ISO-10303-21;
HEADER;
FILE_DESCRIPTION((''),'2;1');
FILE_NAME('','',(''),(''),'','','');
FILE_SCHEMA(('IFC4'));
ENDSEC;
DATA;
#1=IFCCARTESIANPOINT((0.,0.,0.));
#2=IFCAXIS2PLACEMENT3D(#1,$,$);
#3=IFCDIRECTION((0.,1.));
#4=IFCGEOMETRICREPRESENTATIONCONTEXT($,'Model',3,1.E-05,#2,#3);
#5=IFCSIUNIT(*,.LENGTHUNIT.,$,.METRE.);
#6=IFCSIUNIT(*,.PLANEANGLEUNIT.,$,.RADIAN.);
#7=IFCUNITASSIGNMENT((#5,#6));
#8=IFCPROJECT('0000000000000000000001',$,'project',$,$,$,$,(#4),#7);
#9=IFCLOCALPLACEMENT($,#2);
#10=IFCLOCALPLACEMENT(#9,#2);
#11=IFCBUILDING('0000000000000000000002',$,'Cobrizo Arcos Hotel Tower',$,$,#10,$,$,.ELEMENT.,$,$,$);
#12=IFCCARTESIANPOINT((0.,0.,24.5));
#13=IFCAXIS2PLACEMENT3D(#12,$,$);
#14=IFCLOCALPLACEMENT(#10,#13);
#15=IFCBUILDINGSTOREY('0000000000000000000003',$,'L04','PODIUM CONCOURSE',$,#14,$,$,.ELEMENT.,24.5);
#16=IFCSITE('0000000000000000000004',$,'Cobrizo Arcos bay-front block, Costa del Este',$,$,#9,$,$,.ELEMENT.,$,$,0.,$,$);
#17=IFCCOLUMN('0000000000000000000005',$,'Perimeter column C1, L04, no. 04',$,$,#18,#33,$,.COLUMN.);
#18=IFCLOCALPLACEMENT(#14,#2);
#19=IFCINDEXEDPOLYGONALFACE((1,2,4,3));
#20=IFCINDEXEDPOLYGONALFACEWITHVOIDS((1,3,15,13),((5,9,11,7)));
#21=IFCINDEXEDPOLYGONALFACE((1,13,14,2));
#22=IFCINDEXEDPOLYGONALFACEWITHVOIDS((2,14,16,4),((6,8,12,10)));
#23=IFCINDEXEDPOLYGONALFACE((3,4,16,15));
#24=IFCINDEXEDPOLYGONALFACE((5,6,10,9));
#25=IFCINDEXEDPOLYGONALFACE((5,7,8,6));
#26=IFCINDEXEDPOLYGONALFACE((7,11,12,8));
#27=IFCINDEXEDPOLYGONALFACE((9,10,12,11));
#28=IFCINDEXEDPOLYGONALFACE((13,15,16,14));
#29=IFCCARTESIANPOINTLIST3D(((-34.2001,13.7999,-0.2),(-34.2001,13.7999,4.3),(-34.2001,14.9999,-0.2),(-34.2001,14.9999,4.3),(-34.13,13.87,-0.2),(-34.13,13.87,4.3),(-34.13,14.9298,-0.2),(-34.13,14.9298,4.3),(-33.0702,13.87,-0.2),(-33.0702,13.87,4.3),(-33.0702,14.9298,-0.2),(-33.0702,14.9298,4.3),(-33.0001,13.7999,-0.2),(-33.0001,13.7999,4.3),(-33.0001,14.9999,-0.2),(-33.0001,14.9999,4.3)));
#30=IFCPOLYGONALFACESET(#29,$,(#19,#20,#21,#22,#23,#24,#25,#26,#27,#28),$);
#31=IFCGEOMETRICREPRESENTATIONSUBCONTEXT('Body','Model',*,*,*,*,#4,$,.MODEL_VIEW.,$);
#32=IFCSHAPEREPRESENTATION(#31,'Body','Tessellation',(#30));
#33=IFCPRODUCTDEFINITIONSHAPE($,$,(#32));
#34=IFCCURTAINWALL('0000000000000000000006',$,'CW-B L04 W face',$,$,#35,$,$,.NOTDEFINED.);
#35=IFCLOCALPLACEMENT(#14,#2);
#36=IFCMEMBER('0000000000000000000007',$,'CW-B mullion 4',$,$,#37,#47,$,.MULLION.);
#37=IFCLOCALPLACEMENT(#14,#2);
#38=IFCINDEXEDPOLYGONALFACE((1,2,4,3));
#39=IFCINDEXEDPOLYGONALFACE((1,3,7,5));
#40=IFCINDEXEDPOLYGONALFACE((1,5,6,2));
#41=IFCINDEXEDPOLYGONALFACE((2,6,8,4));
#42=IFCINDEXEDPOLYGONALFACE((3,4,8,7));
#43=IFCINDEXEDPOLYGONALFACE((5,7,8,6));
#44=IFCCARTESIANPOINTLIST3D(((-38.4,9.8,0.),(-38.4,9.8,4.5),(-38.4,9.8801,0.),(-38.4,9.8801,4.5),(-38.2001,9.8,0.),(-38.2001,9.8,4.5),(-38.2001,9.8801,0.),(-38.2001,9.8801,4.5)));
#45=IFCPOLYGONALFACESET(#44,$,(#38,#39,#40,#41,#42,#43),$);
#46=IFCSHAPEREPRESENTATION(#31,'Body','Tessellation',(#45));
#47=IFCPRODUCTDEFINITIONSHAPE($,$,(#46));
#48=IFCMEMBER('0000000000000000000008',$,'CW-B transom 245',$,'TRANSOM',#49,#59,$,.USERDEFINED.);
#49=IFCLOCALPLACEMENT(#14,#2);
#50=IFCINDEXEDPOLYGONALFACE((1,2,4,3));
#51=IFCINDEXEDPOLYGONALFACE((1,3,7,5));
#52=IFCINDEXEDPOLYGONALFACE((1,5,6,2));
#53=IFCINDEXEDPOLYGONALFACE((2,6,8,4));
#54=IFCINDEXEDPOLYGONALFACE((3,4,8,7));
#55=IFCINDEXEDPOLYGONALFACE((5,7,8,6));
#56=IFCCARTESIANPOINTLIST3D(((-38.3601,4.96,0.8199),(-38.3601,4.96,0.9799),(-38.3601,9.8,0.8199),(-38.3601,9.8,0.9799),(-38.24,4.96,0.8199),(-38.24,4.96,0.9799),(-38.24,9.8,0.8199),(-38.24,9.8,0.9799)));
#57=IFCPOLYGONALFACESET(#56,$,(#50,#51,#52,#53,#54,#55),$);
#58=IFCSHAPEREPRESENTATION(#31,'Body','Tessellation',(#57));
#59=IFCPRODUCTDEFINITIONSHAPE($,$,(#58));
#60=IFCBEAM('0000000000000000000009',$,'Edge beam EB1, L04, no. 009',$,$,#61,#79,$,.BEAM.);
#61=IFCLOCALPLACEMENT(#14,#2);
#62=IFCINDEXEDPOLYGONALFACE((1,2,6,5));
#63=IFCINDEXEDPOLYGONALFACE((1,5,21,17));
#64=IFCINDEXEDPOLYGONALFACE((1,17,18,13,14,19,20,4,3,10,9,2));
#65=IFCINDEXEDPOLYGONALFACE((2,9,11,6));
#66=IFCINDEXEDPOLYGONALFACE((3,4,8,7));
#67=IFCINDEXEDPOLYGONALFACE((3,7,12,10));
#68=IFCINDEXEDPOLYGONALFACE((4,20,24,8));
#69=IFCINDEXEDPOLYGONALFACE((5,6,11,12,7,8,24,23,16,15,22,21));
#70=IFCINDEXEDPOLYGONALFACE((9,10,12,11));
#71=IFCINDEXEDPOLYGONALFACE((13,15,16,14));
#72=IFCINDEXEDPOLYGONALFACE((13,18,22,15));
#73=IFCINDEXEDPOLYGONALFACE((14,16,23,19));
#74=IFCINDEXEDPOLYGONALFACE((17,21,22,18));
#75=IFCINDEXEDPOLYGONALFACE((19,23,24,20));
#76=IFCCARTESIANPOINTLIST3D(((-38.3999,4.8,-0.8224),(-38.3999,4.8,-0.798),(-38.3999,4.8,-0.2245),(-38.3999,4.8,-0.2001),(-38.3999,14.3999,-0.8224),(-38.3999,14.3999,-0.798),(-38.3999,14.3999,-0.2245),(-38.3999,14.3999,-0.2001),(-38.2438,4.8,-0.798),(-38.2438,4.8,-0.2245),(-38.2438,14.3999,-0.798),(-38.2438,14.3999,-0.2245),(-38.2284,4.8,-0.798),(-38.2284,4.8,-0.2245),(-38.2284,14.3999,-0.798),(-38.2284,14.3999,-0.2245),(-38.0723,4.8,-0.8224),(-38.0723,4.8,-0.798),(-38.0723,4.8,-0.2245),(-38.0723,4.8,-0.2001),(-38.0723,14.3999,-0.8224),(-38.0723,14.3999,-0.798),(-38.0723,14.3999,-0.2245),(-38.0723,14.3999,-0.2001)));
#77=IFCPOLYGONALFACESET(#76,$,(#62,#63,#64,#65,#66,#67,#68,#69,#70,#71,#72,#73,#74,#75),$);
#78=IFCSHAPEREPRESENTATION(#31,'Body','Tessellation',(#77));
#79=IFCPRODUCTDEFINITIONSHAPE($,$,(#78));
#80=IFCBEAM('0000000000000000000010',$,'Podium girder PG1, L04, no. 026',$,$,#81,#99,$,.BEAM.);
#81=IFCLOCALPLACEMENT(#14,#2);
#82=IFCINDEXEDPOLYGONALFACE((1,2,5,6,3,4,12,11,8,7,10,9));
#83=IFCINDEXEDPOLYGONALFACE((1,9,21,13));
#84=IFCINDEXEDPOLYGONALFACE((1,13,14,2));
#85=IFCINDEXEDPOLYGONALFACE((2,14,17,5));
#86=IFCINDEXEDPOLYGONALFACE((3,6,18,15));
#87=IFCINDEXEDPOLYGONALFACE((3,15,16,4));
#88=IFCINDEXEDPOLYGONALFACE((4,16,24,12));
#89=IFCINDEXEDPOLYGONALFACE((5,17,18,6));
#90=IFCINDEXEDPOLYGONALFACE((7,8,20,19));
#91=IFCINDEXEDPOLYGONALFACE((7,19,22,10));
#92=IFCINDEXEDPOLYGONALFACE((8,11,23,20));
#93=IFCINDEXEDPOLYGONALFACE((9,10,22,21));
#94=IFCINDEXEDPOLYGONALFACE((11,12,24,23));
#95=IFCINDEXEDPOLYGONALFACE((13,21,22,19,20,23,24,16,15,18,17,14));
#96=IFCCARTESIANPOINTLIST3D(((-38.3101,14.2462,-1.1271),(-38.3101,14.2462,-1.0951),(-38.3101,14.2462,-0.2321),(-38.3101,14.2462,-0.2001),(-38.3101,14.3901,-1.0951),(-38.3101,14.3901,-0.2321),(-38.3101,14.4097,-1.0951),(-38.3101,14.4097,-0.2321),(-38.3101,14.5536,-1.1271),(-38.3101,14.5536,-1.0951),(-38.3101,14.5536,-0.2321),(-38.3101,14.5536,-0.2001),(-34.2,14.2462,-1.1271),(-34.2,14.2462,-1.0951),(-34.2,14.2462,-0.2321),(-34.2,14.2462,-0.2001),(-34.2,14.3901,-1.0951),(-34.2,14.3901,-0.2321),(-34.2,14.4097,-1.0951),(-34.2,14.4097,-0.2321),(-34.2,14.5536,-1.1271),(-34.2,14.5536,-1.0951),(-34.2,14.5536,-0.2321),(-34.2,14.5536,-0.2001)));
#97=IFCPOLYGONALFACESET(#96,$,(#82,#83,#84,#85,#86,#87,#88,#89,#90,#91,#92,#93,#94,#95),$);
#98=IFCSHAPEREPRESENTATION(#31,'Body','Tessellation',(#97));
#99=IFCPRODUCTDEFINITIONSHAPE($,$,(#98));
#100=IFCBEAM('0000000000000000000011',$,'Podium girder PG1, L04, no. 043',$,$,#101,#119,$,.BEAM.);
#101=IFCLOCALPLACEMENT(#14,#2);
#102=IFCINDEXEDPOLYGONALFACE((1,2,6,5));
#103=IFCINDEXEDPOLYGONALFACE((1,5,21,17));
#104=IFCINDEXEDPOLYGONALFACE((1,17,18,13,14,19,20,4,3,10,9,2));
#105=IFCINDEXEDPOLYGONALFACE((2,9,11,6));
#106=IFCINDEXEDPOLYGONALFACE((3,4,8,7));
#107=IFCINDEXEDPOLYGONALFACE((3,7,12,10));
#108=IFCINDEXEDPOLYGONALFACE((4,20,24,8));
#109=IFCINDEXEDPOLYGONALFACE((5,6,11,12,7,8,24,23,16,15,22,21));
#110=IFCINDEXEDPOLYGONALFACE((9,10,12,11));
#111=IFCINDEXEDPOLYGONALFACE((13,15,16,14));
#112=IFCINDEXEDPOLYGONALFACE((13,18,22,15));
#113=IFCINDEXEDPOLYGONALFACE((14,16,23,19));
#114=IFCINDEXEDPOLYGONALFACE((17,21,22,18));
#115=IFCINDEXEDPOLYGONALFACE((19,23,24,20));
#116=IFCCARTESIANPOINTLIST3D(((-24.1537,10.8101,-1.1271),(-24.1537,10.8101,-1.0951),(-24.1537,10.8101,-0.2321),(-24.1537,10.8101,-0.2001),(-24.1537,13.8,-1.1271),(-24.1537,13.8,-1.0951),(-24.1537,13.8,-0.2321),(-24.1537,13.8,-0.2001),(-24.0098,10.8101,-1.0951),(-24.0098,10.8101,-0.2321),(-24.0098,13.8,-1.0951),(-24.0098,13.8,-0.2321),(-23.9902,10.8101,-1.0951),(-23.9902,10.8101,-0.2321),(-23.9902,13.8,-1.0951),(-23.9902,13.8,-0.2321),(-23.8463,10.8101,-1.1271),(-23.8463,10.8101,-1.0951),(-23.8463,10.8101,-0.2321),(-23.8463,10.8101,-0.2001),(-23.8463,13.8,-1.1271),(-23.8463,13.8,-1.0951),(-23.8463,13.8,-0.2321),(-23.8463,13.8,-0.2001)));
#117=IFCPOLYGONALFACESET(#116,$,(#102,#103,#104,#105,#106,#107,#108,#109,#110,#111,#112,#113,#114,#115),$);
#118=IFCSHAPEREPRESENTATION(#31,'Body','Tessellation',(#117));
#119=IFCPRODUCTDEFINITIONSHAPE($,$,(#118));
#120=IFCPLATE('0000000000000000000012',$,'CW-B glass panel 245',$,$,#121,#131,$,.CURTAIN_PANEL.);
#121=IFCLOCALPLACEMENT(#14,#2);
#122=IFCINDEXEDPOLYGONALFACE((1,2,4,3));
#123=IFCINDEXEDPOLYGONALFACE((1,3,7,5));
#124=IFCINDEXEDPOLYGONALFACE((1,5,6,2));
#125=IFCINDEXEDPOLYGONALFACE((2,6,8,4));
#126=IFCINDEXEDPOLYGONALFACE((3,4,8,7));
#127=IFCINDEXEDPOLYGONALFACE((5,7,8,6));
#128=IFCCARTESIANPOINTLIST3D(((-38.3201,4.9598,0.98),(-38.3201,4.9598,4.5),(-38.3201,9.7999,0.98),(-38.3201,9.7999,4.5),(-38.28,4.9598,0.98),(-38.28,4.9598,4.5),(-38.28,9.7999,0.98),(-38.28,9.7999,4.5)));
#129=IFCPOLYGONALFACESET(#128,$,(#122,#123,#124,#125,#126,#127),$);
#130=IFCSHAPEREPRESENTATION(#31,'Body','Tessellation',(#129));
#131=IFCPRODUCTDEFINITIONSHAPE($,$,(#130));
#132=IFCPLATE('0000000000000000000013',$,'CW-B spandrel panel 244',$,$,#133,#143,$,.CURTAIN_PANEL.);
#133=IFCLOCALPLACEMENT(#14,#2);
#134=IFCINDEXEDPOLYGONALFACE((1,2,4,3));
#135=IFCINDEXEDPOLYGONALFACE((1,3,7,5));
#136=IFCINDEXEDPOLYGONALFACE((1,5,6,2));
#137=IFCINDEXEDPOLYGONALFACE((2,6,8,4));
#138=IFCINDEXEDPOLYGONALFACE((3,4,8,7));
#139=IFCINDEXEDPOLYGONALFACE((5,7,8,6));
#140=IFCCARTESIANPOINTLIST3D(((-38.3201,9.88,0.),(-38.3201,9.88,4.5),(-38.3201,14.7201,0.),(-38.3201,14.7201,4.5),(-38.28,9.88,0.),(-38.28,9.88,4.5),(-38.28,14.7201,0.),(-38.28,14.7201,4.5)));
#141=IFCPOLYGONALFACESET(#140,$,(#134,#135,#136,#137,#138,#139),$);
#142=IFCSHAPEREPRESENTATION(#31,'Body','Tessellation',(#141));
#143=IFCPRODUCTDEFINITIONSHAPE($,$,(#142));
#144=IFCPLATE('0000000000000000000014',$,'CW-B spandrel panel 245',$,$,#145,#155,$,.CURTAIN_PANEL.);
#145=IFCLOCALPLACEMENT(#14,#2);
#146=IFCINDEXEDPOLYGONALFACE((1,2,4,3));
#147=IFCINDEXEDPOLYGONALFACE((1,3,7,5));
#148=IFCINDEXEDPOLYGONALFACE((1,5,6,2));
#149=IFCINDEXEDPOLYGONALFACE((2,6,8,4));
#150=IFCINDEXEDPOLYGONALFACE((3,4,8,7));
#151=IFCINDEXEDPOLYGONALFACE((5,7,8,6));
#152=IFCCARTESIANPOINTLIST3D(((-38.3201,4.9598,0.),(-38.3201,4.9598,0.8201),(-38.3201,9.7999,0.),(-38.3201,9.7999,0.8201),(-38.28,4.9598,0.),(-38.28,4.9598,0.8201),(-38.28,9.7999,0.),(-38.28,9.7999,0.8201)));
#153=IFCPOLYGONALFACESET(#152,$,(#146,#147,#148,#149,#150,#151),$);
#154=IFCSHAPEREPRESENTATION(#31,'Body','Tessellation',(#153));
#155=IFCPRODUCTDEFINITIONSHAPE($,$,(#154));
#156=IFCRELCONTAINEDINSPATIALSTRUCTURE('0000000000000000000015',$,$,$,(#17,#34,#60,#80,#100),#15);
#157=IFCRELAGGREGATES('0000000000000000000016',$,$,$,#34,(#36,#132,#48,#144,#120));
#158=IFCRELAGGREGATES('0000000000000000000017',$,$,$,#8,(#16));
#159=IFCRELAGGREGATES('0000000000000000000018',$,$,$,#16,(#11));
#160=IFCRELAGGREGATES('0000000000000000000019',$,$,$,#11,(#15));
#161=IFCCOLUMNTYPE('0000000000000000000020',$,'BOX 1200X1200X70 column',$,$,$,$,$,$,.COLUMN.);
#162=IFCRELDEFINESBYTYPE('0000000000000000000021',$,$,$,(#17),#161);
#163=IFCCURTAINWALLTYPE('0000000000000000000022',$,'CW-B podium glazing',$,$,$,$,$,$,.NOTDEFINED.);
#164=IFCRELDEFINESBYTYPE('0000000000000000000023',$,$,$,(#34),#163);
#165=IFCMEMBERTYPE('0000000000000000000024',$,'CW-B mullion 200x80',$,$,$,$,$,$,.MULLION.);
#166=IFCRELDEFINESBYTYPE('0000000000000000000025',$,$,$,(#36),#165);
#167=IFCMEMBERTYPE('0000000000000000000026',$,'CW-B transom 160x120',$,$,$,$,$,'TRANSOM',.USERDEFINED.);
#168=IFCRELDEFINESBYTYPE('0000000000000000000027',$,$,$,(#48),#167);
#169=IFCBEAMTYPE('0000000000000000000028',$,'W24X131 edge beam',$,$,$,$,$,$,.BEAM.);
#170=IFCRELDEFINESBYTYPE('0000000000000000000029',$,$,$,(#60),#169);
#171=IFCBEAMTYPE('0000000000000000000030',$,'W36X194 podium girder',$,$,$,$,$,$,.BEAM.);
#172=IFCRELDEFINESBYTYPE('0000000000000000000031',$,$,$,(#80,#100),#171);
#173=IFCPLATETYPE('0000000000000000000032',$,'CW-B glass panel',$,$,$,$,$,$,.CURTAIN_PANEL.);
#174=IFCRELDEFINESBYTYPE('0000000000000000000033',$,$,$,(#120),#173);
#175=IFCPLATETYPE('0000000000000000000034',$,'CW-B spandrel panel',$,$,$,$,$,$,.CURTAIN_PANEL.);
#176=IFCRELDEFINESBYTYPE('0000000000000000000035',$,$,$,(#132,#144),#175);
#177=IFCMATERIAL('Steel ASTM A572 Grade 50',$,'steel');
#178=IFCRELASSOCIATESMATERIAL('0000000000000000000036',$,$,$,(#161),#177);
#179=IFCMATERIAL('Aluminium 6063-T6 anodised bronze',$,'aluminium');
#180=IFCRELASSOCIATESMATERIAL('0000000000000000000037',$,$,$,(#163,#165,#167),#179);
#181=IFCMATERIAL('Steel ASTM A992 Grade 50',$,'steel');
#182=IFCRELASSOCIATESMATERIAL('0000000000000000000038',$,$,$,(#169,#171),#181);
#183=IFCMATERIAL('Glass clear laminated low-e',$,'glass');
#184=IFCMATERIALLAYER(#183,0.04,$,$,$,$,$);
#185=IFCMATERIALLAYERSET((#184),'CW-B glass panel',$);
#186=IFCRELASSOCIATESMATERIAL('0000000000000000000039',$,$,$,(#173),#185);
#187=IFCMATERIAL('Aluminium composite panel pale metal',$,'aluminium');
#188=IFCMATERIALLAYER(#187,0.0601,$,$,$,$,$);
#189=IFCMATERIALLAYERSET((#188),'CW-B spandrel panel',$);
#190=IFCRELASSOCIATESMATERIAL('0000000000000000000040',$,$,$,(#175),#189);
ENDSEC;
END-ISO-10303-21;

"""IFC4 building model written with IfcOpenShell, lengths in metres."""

from ifc_helpers import new_model, si_unit, direction, frame, origin, origin_2d, place, context, subcontext, project, spatial, rectangle, hollow_rectangle, i_section, extrude, material, layer, layer_set, material_profile, profile_set, type_object, element, aggregate, save


model = new_model("IFC4")

# Units and contexts
model_context = context("Model", 3, precision=1e-05, world=origin(), true_north=direction((0.0, 1.0)))
body_context = subcontext(model_context, "Body", "Model", "MODEL_VIEW")
ifc_project = project(units=[si_unit("LENGTHUNIT", "METRE"), si_unit("PLANEANGLEUNIT", "RADIAN")], contexts=[model_context])

# Site, building, storey
site_placement = place(None, origin())
site = spatial("IfcSite", under=ifc_project, at=site_placement, Name="Cobrizo Arcos bay-front block, Costa del Este", CompositionType="ELEMENT", RefElevation=0.0)
building_placement = place(site_placement, origin())
building = spatial("IfcBuilding", under=site, at=building_placement, Name="Cobrizo Arcos Hotel Tower", CompositionType="ELEMENT")
storey_placement = place(building_placement, frame((0.0, 0.0, 24.5)))
storey = spatial("IfcBuildingStorey", under=building, at=storey_placement, Name="L04", Description="PODIUM CONCOURSE", CompositionType="ELEMENT", Elevation=24.5)

# Column
ifc_material_1 = material(Name="Steel ASTM A572 Grade 50", Category="steel")
ifc_material_profile_1 = material_profile(ifc_material_1, hollow_rectangle(XDim=1.2, YDim=1.2, WallThickness=0.0701, at=origin_2d()), Name="BOX 1200X1200X70")
ifc_profile_set_1 = profile_set([ifc_material_profile_1], Name="Steel ASTM A572 Grade 50")
column_type = type_object("IfcColumnType", Name="BOX 1200X1200X70 column", PredefinedType="COLUMN", material=ifc_profile_set_1)
column_placement = place(storey_placement, frame((-33.6001, 14.3999, -0.2), z_axis=(0.0, 0.0, 1.0), x_axis=(1.0, 0.0, 0.0)))
element("IfcColumn", 1, at=column_placement, inside=storey, type_object=column_type, Name="Perimeter column C1, L04, no. 04", PredefinedType="COLUMN", context=body_context, shape_type="SweptSolid", body=[
    extrude(hollow_rectangle(XDim=1.2, YDim=1.2, WallThickness=0.0701, at=origin_2d()), origin(), (0.0, 0.0, 1.0), 4.5),
])

# Curtain wall, members
ifc_material_2 = material(Name="Aluminium 6063-T6 anodised bronze", Category="aluminium")
curtain_wall_type = type_object("IfcCurtainWallType", Name="CW-B podium glazing", PredefinedType="NOTDEFINED", material=ifc_material_2)
curtain_wall_placement = place(storey_placement, origin())
curtain_wall = element("IfcCurtainWall", 2, at=curtain_wall_placement, inside=storey, type_object=curtain_wall_type, Name="CW-B L04 W face", PredefinedType="NOTDEFINED")
ifc_material_profile_2 = material_profile(ifc_material_2, rectangle(XDim=0.2, YDim=0.0801, at=origin_2d()), Name="CW-B mullion 200x80")
ifc_profile_set_2 = profile_set([ifc_material_profile_2], Name="Aluminium 6063-T6 anodised bronze")
member_type_1 = type_object("IfcMemberType", Name="CW-B mullion 200x80", PredefinedType="MULLION", material=ifc_profile_set_2)
member_1_placement = place(storey_placement, frame((-38.3, 9.8401, 0.0), z_axis=(0.0, 0.0, 1.0), x_axis=(-1.0, 0.0, 0.0)))
member_1 = element("IfcMember", 3, at=member_1_placement, type_object=member_type_1, Name="CW-B mullion 4", PredefinedType="MULLION", context=body_context, shape_type="SweptSolid", body=[
    extrude(rectangle(XDim=0.2, YDim=0.0801, at=origin_2d()), origin(), (0.0, 0.0, 1.0), 4.5),
])
ifc_material_profile_3 = material_profile(ifc_material_2, rectangle(XDim=0.1201, YDim=0.1599, at=origin_2d()), Name="CW-B transom 160x120")
ifc_profile_set_3 = profile_set([ifc_material_profile_3], Name="Aluminium 6063-T6 anodised bronze")
member_type_2 = type_object("IfcMemberType", Name="CW-B transom 160x120", ElementType="TRANSOM", PredefinedType="USERDEFINED", material=ifc_profile_set_3)
member_2_placement = place(storey_placement, frame((-38.3, 9.8, 0.8999), z_axis=(0.0, -1.0, 0.0), x_axis=(1.0, 0.0, 0.0)))
member_2 = element("IfcMember", 4, at=member_2_placement, type_object=member_type_2, Name="CW-B transom 245", ObjectType="TRANSOM", PredefinedType="USERDEFINED", context=body_context, shape_type="SweptSolid", body=[
    extrude(rectangle(XDim=0.1201, YDim=0.1599, at=origin_2d()), origin(), (0.0, 0.0, 1.0), 4.8401),
])

# Beams
ifc_material_3 = material(Name="Steel ASTM A992 Grade 50", Category="steel")
ifc_material_profile_4 = material_profile(ifc_material_3, i_section(OverallWidth=0.3276, OverallDepth=0.6223, WebThickness=0.0154, FlangeThickness=0.0244, at=origin_2d()), Name="W24X131")
ifc_profile_set_4 = profile_set([ifc_material_profile_4], Name="Steel ASTM A992 Grade 50")
beam_type_1 = type_object("IfcBeamType", Name="W24X131 edge beam", PredefinedType="BEAM", material=ifc_profile_set_4)
beam_1_placement = place(storey_placement, frame((-38.2361, 14.3999, -0.5112), z_axis=(0.0, -1.0, 0.0), x_axis=(1.0, 0.0, 0.0)))
element("IfcBeam", 5, at=beam_1_placement, inside=storey, type_object=beam_type_1, Name="Edge beam EB1, L04, no. 009", PredefinedType="BEAM", context=body_context, shape_type="SweptSolid", body=[
    extrude(i_section(OverallWidth=0.3276, OverallDepth=0.6223, WebThickness=0.0154, FlangeThickness=0.0244, at=origin_2d()), origin(), (0.0, 0.0, 1.0), 9.5999),
])
ifc_material_profile_5 = material_profile(ifc_material_3, i_section(OverallWidth=0.3074, OverallDepth=0.927, WebThickness=0.0195, FlangeThickness=0.032, at=origin_2d()), Name="W36X194")
ifc_profile_set_5 = profile_set([ifc_material_profile_5], Name="Steel ASTM A992 Grade 50")
beam_type_2 = type_object("IfcBeamType", Name="W36X194 podium girder", PredefinedType="BEAM", material=ifc_profile_set_5)
beam_2_placement = place(storey_placement, frame((-38.3101, 14.3999, -0.6636), z_axis=(1.0, 0.0, 0.0), x_axis=(0.0, 1.0, 0.0)))
element("IfcBeam", 6, at=beam_2_placement, inside=storey, type_object=beam_type_2, Name="Podium girder PG1, L04, no. 026", PredefinedType="BEAM", context=body_context, shape_type="SweptSolid", body=[
    extrude(i_section(OverallWidth=0.3074, OverallDepth=0.927, WebThickness=0.0195, FlangeThickness=0.032, at=origin_2d()), origin(), (0.0, 0.0, 1.0), 4.1101),
])
beam_3_placement = place(storey_placement, frame((-24.0, 10.8101, -0.6636), z_axis=(0.0, 1.0, 0.0), x_axis=(-1.0, 0.0, 0.0)))
element("IfcBeam", 7, at=beam_3_placement, inside=storey, type_object=beam_type_2, Name="Podium girder PG1, L04, no. 043", PredefinedType="BEAM", context=body_context, shape_type="SweptSolid", body=[
    extrude(i_section(OverallWidth=0.3074, OverallDepth=0.927, WebThickness=0.0195, FlangeThickness=0.032, at=origin_2d()), origin(), (0.0, 0.0, 1.0), 2.99),
])

# Plates
ifc_material_4 = material(Name="Glass clear laminated low-e", Category="glass")
ifc_layer_1 = layer(ifc_material_4, 0.04)
ifc_layer_set_1 = layer_set([ifc_layer_1], Name="CW-B glass panel")
plate_type_1 = type_object("IfcPlateType", Name="CW-B glass panel", PredefinedType="CURTAIN_PANEL", material=ifc_layer_set_1)
plate_1_placement = place(storey_placement, frame((-38.3, 7.3799, 0.98), z_axis=(0.0, 0.0, 1.0), x_axis=(0.0, -1.0, 0.0)))
plate_1 = element("IfcPlate", 8, at=plate_1_placement, type_object=plate_type_1, Name="CW-B glass panel 245", PredefinedType="CURTAIN_PANEL", context=body_context, shape_type="SweptSolid", body=[
    extrude(rectangle(XDim=4.8401, YDim=0.04, at=origin_2d()), origin(), (0.0, 0.0, 1.0), 3.52),
])
ifc_material_5 = material(Name="Aluminium composite panel pale metal", Category="aluminium")
ifc_layer_2 = layer(ifc_material_5, 0.0601)
ifc_layer_set_2 = layer_set([ifc_layer_2], Name="CW-B spandrel panel")
plate_type_2 = type_object("IfcPlateType", Name="CW-B spandrel panel", PredefinedType="CURTAIN_PANEL", material=ifc_layer_set_2)
plate_2_placement = place(storey_placement, frame((-38.3, 12.3, 0.0), z_axis=(0.0, 0.0, 1.0), x_axis=(0.0, -1.0, 0.0)))
plate_2 = element("IfcPlate", 9, at=plate_2_placement, type_object=plate_type_2, Name="CW-B spandrel panel 244", PredefinedType="CURTAIN_PANEL", context=body_context, shape_type="SweptSolid", body=[
    extrude(rectangle(XDim=4.8401, YDim=0.04, at=origin_2d()), origin(), (0.0, 0.0, 1.0), 4.5),
])
plate_3_placement = place(storey_placement, frame((-38.3, 7.3799, 0.0), z_axis=(0.0, 0.0, 1.0), x_axis=(0.0, -1.0, 0.0)))
plate_3 = element("IfcPlate", 10, at=plate_3_placement, type_object=plate_type_2, Name="CW-B spandrel panel 245", PredefinedType="CURTAIN_PANEL", context=body_context, shape_type="SweptSolid", body=[
    extrude(rectangle(XDim=4.8401, YDim=0.04, at=origin_2d()), origin(), (0.0, 0.0, 1.0), 0.8201),
])
aggregate(curtain_wall, [member_1, plate_2, member_2, plate_3, plate_1])

save(model, "model.ifc")
